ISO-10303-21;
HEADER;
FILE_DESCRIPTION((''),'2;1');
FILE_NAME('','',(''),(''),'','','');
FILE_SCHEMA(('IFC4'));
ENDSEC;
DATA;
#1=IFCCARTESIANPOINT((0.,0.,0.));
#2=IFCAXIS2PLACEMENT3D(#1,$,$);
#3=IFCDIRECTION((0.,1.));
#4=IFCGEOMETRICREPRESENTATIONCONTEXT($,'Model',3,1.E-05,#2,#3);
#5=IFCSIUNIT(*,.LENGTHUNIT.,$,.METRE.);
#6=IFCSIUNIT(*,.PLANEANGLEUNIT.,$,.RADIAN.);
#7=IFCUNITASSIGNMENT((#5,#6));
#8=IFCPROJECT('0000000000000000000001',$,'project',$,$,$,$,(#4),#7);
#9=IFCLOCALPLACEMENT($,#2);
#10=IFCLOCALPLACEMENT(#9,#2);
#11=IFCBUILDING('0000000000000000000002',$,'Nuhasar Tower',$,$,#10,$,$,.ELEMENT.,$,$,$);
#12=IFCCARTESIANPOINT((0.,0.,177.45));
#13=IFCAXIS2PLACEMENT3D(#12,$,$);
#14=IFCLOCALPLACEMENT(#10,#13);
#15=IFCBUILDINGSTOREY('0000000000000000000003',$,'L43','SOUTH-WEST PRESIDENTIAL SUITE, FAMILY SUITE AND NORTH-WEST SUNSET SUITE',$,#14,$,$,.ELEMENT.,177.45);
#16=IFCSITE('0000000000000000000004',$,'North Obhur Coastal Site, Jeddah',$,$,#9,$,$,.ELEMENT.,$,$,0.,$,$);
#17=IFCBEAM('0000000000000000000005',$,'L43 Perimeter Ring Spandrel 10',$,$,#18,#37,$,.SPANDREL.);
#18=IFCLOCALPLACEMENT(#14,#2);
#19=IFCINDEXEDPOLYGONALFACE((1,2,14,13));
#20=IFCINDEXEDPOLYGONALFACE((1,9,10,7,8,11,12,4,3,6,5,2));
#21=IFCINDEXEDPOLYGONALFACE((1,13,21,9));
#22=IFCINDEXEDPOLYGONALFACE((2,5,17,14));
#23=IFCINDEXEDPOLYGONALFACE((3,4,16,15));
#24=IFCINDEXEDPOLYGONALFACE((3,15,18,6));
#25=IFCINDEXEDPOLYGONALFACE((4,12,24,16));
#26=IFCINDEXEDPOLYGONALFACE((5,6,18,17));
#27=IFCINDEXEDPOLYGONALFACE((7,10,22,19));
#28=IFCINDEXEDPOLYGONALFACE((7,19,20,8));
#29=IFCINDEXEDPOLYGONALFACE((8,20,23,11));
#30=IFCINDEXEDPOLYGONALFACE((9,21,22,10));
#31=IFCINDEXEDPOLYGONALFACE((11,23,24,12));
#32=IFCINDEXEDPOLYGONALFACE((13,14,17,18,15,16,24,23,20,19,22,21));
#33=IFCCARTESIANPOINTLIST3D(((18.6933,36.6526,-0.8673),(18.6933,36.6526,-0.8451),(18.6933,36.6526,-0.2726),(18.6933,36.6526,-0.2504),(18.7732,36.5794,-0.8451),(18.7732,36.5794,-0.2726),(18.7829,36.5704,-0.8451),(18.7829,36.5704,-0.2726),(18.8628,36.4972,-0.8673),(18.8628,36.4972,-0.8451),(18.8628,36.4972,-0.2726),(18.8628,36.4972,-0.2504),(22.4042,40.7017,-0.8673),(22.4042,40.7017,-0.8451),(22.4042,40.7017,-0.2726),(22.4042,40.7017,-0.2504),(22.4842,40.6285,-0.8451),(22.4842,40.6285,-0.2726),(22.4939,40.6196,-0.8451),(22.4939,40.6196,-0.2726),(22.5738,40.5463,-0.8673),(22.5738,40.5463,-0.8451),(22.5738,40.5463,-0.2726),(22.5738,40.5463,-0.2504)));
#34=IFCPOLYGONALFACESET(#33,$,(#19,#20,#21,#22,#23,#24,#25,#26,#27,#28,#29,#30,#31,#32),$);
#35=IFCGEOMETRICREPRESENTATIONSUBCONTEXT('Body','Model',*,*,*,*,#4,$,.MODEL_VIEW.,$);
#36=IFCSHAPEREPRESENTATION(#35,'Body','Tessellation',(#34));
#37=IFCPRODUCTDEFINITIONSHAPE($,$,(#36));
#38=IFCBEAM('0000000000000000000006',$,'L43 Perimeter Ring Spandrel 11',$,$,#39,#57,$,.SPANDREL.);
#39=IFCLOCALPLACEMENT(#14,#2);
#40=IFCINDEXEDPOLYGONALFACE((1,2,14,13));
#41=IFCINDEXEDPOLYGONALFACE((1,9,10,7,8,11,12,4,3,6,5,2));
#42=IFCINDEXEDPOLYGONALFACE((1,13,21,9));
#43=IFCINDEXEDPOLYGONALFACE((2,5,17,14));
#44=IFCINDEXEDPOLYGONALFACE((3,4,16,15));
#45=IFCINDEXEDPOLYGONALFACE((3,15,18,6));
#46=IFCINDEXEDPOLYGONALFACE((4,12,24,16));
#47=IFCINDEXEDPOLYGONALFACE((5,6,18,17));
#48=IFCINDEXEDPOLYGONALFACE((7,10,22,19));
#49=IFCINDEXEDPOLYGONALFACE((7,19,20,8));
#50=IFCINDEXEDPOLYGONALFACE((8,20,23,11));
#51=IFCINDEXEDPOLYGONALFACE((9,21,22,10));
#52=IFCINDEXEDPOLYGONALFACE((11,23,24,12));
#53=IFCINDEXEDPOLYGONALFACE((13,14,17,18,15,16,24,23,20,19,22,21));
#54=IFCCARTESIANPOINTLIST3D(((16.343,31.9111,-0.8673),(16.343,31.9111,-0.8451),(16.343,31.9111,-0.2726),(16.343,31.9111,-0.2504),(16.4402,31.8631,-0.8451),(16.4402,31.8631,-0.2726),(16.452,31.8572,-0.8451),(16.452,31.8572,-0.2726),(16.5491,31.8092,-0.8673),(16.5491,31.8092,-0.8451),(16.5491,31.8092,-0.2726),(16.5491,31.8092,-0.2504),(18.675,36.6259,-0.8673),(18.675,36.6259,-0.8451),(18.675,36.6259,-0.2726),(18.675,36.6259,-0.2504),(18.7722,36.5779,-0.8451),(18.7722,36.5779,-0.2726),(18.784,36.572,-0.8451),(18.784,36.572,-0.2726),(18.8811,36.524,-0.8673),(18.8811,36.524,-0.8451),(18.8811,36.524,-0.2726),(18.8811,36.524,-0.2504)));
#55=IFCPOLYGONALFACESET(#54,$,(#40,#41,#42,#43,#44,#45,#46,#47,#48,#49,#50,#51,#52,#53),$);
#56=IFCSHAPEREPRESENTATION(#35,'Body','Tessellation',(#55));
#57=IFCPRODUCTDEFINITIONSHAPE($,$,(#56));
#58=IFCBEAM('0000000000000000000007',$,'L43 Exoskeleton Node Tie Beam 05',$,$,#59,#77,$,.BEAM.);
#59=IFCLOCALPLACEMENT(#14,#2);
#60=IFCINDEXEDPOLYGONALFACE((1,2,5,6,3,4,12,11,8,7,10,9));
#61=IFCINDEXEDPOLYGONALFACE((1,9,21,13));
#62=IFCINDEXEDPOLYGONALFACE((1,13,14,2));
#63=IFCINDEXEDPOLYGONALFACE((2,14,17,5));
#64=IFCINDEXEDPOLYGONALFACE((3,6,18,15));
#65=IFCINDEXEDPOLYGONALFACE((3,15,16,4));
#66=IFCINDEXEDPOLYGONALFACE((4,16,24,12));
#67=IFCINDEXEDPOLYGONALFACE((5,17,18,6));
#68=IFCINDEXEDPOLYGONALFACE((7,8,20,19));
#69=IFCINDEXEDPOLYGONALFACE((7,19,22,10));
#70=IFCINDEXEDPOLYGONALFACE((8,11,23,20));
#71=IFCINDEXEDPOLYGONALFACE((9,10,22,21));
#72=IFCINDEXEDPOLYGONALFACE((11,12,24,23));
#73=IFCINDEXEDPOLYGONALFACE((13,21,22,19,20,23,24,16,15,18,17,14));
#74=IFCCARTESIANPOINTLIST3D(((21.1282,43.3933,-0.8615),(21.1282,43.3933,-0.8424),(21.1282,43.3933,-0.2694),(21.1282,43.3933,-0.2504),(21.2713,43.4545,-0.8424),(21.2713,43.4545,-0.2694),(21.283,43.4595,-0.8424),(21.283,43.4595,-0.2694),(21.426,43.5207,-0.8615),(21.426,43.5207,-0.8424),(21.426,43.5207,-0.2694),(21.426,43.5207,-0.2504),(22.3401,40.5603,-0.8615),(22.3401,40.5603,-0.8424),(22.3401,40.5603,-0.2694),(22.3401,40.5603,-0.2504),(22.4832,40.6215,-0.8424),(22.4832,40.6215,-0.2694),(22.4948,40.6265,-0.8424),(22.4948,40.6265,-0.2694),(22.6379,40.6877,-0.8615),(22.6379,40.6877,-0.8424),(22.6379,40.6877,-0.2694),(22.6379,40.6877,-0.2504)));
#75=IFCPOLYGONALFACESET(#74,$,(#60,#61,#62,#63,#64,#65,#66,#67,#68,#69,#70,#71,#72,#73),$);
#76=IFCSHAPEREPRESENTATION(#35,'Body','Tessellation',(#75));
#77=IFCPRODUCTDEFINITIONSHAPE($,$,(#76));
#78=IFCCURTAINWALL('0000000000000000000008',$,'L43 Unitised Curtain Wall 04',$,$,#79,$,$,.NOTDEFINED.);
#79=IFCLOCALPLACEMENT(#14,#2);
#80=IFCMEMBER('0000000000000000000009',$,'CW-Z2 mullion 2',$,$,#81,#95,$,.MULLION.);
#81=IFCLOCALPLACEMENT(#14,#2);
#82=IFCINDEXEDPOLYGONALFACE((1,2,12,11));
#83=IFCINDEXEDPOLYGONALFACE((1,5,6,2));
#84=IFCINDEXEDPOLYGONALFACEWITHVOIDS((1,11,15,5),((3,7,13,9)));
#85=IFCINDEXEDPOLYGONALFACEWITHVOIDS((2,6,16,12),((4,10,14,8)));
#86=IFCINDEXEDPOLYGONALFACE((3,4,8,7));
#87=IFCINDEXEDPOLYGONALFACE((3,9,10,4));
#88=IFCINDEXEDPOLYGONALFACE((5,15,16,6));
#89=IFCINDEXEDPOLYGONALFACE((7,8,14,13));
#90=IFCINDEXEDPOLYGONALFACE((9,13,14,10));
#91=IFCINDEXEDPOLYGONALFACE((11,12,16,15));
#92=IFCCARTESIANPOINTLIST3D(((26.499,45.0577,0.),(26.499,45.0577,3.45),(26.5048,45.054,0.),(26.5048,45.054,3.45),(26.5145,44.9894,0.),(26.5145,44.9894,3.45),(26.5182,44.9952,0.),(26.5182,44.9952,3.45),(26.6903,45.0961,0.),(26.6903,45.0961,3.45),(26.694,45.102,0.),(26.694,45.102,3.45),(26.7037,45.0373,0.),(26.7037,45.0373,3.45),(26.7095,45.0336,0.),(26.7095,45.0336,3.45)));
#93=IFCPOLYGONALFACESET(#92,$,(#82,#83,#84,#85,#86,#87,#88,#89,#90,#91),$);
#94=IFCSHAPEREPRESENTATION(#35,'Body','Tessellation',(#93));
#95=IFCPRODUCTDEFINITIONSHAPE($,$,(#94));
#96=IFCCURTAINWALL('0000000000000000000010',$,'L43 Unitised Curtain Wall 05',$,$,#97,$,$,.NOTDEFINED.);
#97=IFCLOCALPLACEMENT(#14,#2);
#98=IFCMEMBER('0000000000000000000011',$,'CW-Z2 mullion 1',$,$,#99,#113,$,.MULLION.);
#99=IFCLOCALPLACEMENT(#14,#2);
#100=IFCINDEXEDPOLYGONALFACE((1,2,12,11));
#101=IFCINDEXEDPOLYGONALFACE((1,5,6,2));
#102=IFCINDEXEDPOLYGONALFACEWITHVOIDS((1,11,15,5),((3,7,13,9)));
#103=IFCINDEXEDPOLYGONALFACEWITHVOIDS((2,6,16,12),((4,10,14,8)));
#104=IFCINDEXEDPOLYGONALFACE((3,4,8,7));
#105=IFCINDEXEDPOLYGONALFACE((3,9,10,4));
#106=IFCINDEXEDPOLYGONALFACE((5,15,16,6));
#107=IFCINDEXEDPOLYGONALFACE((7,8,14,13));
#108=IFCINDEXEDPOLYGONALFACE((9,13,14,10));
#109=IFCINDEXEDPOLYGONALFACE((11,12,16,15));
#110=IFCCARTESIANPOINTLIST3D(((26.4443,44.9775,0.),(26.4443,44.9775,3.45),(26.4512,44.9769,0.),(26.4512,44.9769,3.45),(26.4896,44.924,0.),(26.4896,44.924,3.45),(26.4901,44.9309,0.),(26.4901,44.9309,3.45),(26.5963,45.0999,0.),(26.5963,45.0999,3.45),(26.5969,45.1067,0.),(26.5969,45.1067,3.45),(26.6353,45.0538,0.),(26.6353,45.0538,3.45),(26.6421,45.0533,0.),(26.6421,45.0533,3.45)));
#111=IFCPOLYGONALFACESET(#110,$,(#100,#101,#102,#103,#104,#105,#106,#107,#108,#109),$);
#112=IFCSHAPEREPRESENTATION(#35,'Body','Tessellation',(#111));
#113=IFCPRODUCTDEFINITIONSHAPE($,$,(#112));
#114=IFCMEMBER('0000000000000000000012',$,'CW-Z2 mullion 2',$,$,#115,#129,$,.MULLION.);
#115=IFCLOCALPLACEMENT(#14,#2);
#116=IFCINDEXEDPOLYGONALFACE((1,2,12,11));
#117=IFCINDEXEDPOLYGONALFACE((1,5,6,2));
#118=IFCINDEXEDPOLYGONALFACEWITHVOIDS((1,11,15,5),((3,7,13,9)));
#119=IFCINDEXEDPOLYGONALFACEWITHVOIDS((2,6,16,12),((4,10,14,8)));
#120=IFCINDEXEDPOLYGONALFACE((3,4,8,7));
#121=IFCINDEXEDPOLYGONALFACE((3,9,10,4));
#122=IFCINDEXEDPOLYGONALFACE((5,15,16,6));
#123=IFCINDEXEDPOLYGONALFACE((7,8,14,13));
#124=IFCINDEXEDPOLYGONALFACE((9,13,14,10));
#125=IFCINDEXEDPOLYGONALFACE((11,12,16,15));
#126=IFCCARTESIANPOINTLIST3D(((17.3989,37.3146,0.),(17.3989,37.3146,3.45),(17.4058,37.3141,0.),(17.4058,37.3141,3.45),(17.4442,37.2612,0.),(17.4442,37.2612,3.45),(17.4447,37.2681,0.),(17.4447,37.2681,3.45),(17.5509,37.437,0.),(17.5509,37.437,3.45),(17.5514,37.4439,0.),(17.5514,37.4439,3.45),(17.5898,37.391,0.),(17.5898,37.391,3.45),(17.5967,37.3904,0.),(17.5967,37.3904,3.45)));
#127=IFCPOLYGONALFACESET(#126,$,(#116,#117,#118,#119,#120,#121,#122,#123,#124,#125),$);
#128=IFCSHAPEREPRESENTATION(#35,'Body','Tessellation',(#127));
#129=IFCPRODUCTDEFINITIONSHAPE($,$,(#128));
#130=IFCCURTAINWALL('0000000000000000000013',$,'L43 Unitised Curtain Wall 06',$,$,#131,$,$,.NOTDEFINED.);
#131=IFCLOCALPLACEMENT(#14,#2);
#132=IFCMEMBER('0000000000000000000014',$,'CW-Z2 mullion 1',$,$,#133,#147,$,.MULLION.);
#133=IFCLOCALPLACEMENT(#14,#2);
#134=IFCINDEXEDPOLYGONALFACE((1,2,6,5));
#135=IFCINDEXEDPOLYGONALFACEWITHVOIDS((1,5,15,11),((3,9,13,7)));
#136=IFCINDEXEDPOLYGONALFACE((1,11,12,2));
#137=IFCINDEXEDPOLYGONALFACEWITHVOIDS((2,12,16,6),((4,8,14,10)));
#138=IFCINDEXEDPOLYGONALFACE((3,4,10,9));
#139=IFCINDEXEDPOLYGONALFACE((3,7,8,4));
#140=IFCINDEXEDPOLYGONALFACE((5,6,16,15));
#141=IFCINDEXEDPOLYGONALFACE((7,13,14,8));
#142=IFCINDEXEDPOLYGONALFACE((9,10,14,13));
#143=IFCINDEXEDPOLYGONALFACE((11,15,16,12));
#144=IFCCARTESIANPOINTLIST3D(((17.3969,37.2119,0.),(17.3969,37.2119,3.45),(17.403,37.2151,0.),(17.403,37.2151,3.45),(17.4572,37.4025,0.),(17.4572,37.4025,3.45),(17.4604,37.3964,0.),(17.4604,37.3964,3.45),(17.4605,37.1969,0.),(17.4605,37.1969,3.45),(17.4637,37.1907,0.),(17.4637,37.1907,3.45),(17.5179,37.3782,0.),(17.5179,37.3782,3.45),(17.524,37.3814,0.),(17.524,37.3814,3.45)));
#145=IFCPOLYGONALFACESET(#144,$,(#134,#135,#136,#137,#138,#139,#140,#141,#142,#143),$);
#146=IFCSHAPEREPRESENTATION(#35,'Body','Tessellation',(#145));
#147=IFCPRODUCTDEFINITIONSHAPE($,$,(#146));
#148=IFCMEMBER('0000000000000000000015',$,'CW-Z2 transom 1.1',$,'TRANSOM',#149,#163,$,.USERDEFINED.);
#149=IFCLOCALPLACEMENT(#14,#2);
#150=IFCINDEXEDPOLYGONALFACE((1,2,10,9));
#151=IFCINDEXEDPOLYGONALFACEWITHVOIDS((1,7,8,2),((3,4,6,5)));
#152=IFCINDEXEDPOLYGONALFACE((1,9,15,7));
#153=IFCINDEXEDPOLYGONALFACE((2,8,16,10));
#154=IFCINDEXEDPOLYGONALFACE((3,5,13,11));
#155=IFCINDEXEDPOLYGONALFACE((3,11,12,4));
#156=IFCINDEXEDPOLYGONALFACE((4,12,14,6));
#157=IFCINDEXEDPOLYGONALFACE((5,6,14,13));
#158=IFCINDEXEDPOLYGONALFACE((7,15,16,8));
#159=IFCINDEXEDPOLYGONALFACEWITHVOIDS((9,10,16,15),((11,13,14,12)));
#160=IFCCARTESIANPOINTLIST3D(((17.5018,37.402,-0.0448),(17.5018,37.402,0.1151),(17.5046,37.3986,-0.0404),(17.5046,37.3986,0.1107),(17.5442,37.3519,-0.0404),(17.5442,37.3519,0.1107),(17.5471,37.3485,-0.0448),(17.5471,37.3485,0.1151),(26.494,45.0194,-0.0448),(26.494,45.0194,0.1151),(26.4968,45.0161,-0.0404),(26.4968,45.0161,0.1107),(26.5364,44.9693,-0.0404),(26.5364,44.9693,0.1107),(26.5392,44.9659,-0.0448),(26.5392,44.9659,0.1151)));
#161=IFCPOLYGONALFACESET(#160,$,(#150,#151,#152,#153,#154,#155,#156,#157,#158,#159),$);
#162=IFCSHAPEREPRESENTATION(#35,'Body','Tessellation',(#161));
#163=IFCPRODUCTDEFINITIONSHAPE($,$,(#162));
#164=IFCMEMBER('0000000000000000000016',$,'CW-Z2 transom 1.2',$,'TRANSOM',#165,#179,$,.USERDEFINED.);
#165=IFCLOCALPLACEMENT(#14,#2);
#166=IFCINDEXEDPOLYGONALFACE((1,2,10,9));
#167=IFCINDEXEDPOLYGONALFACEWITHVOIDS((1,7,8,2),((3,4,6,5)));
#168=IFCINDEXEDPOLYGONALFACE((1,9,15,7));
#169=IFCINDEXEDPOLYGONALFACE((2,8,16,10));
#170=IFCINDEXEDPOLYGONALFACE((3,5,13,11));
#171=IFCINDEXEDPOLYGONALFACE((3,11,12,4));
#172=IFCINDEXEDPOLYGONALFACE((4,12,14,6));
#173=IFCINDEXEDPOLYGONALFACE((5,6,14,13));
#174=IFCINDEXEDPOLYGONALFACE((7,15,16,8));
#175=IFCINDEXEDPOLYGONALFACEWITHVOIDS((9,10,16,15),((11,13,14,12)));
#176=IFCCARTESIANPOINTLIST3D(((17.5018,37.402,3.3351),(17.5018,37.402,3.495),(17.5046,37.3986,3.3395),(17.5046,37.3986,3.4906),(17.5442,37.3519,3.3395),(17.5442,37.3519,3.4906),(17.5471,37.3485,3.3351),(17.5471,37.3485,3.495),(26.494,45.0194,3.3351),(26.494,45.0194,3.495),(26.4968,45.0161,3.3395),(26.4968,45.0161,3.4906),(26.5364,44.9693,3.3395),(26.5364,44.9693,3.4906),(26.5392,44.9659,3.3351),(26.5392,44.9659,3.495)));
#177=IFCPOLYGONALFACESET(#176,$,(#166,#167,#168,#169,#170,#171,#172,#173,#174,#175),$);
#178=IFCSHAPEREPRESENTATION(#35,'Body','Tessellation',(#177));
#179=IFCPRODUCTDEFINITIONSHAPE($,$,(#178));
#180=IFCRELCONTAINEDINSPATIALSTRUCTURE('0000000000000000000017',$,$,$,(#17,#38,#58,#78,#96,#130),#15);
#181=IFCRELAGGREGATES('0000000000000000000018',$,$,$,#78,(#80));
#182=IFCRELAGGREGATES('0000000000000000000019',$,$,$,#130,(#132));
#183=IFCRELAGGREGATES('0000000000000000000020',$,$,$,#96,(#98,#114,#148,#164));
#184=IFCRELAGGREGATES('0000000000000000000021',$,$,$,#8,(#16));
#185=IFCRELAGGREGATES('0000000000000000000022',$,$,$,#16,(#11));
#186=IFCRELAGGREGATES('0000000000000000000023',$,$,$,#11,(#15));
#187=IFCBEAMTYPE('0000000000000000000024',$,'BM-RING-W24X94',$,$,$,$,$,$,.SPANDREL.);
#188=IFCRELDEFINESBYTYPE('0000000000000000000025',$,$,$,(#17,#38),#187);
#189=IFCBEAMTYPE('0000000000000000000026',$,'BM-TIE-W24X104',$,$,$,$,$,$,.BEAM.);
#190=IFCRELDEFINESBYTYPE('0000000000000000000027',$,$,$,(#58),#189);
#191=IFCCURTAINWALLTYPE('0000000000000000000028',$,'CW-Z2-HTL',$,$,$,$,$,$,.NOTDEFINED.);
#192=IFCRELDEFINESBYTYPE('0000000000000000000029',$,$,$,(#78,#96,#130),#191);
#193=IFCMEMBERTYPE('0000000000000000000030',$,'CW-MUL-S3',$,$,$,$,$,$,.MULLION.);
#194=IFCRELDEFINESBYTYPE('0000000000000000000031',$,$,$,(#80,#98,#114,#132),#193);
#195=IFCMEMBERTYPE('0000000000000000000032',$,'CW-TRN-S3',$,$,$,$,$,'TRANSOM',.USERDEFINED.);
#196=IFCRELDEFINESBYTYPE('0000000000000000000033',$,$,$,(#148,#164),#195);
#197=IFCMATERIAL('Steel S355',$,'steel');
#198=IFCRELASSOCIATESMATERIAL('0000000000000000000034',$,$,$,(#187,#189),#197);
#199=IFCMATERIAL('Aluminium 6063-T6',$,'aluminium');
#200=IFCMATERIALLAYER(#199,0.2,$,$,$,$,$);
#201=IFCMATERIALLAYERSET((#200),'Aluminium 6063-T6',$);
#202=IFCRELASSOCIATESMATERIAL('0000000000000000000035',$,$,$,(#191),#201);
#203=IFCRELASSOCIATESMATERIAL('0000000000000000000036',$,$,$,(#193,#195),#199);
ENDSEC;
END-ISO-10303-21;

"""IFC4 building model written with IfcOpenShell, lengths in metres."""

from ifc_helpers import new_model, si_unit, direction, frame, origin, origin_2d, place, context, subcontext, project, spatial, hollow_rectangle, i_section, extrude, material, layer, layer_set, material_profile, profile_set, type_object, element, aggregate, save


model = new_model("IFC4")

# Units and contexts
model_context = context("Model", 3, precision=1e-05, world=origin(), true_north=direction((0.0, 1.0)))
body_context = subcontext(model_context, "Body", "Model", "MODEL_VIEW")
ifc_project = project(units=[si_unit("LENGTHUNIT", "METRE"), si_unit("PLANEANGLEUNIT", "RADIAN")], contexts=[model_context])

# Site, building, storey
site_placement = place(None, origin())
site = spatial("IfcSite", under=ifc_project, at=site_placement, Name="North Obhur Coastal Site, Jeddah", CompositionType="ELEMENT", RefElevation=0.0)
building_placement = place(site_placement, origin())
building = spatial("IfcBuilding", under=site, at=building_placement, Name="Nuhasar Tower", CompositionType="ELEMENT")
storey_placement = place(building_placement, frame((0.0, 0.0, 177.45)))
storey = spatial("IfcBuildingStorey", under=building, at=storey_placement, Name="L43", Description="SOUTH-WEST PRESIDENTIAL SUITE, FAMILY SUITE AND NORTH-WEST SUNSET SUITE", CompositionType="ELEMENT", Elevation=177.45)

# Beams
ifc_material_1 = material(Name="Steel S355", Category="steel")
ifc_material_profile_1 = material_profile(ifc_material_1, i_section(OverallWidth=0.23, OverallDepth=0.6169, WebThickness=0.0132, FlangeThickness=0.0222, at=origin_2d()), Name="W24X94")
ifc_profile_set_1 = profile_set([ifc_material_profile_1], Name="Steel S355")
beam_type_1 = type_object("IfcBeamType", Name="BM-RING-W24X94", PredefinedType="SPANDREL", material=ifc_profile_set_1)
beam_1_placement = place(storey_placement, frame((22.489, 40.624, -0.5588), z_axis=(-0.675654, -0.737219, 0.0), x_axis=(0.737219, -0.675654, 0.0)))
element("IfcBeam", 1, at=beam_1_placement, inside=storey, type_object=beam_type_1, Name="L43 Perimeter Ring Spandrel 10", PredefinedType="SPANDREL", context=body_context, shape_type="SweptSolid", body=[
    extrude(i_section(OverallWidth=0.23, OverallDepth=0.6169, WebThickness=0.0132, FlangeThickness=0.0222, at=origin_2d()), origin(), (0.0, 0.0, 1.0), 5.4924),
])
beam_2_placement = place(storey_placement, frame((18.7781, 36.575, -0.5588), z_axis=(-0.443348, -0.89635, 0.0), x_axis=(0.89635, -0.443348, 0.0)))
element("IfcBeam", 2, at=beam_2_placement, inside=storey, type_object=beam_type_1, Name="L43 Perimeter Ring Spandrel 11", PredefinedType="SPANDREL", context=body_context, shape_type="SweptSolid", body=[
    extrude(i_section(OverallWidth=0.23, OverallDepth=0.6169, WebThickness=0.0132, FlangeThickness=0.0222, at=origin_2d()), origin(), (0.0, 0.0, 1.0), 5.26),
])
ifc_material_profile_2 = material_profile(ifc_material_1, i_section(OverallWidth=0.324, OverallDepth=0.6111, WebThickness=0.0127, FlangeThickness=0.019, at=origin_2d()), Name="W24X104")
ifc_profile_set_2 = profile_set([ifc_material_profile_2], Name="Steel S355")
beam_type_2 = type_object("IfcBeamType", Name="BM-TIE-W24X104", PredefinedType="BEAM", material=ifc_profile_set_2)
beam_3_placement = place(storey_placement, frame((22.489, 40.624, -0.5559), z_axis=(-0.393307, 0.919407, 0.0), x_axis=(-0.919407, -0.393307, 0.0)))
element("IfcBeam", 3, at=beam_3_placement, inside=storey, type_object=beam_type_2, Name="L43 Exoskeleton Node Tie Beam 05", PredefinedType="BEAM", context=body_context, shape_type="SweptSolid", body=[
    extrude(i_section(OverallWidth=0.324, OverallDepth=0.6111, WebThickness=0.0127, FlangeThickness=0.019, at=origin_2d()), origin(), (0.0, 0.0, 1.0), 3.0813),
])

# Curtain wall, member
ifc_material_2 = material(Name="Aluminium 6063-T6", Category="aluminium")
ifc_layer_1 = layer(ifc_material_2, 0.2)
ifc_layer_set_1 = layer_set([ifc_layer_1], Name="Aluminium 6063-T6")
curtain_wall_type = type_object("IfcCurtainWallType", Name="CW-Z2-HTL", PredefinedType="NOTDEFINED", material=ifc_layer_set_1)
curtain_wall_1_placement = place(storey_placement, origin())
curtain_wall_1 = element("IfcCurtainWall", 4, at=curtain_wall_1_placement, inside=storey, type_object=curtain_wall_type, Name="L43 Unitised Curtain Wall 04", PredefinedType="NOTDEFINED")
ifc_material_profile_3 = material_profile(ifc_material_2, hollow_rectangle(XDim=0.0701, YDim=0.2, WallThickness=0.0049, at=origin_2d()), Name="CWM-3")
ifc_profile_set_3 = profile_set([ifc_material_profile_3], Name="Aluminium 6063-T6")
member_type_1 = type_object("IfcMemberType", Name="CW-MUL-S3", PredefinedType="MULLION", material=ifc_profile_set_3)
member_1_placement = place(storey_placement, frame((26.6042, 45.0457, 0.0), z_axis=(0.0, 0.0, 1.0), x_axis=(0.221397, -0.975184, 0.0)))
member_1 = element("IfcMember", 5, at=member_1_placement, type_object=member_type_1, Name="CW-Z2 mullion 2", PredefinedType="MULLION", context=body_context, shape_type="SweptSolid", body=[
    extrude(hollow_rectangle(XDim=0.0701, YDim=0.2, WallThickness=0.0049, at=origin_2d()), origin(), (0.0, 0.0, 1.0), 3.45),
])
aggregate(curtain_wall_1, [member_1])

# Curtain wall, members
curtain_wall_2_placement = place(storey_placement, origin())
curtain_wall_2 = element("IfcCurtainWall", 6, at=curtain_wall_2_placement, inside=storey, type_object=curtain_wall_type, Name="L43 Unitised Curtain Wall 05", PredefinedType="NOTDEFINED")
member_2_placement = place(storey_placement, frame((26.5432, 45.0154, 0.0), z_axis=(0.0, 0.0, 1.0), x_axis=(0.646374, -0.76302, 0.0)))
member_2 = element("IfcMember", 7, at=member_2_placement, type_object=member_type_1, Name="CW-Z2 mullion 1", PredefinedType="MULLION", context=body_context, shape_type="SweptSolid", body=[
    extrude(hollow_rectangle(XDim=0.0701, YDim=0.2, WallThickness=0.0049, at=origin_2d()), origin(), (0.0, 0.0, 1.0), 3.45),
])
member_3_placement = place(storey_placement, frame((17.4978, 37.3525, 0.0), z_axis=(0.0, 0.0, 1.0), x_axis=(0.646374, -0.76302, 0.0)))
member_3 = element("IfcMember", 8, at=member_3_placement, type_object=member_type_1, Name="CW-Z2 mullion 2", PredefinedType="MULLION", context=body_context, shape_type="SweptSolid", body=[
    extrude(hollow_rectangle(XDim=0.0701, YDim=0.2, WallThickness=0.0049, at=origin_2d()), origin(), (0.0, 0.0, 1.0), 3.45),
])

# Curtain wall, member
curtain_wall_3_placement = place(storey_placement, origin())
curtain_wall_3 = element("IfcCurtainWall", 9, at=curtain_wall_3_placement, inside=storey, type_object=curtain_wall_type, Name="L43 Unitised Curtain Wall 06", PredefinedType="NOTDEFINED")
member_4_placement = place(storey_placement, frame((17.4604, 37.2966, 0.0), z_axis=(0.0, 0.0, 1.0), x_axis=(0.953433, -0.301604, 0.0)))
member_4 = element("IfcMember", 10, at=member_4_placement, type_object=member_type_1, Name="CW-Z2 mullion 1", PredefinedType="MULLION", context=body_context, shape_type="SweptSolid", body=[
    extrude(hollow_rectangle(XDim=0.0701, YDim=0.2, WallThickness=0.0049, at=origin_2d()), origin(), (0.0, 0.0, 1.0), 3.45),
])

# Members
ifc_material_profile_4 = material_profile(ifc_material_2, hollow_rectangle(XDim=0.0701, YDim=0.1599, WallThickness=0.0044, at=origin_2d()), Name="CWT-3")
ifc_profile_set_4 = profile_set([ifc_material_profile_4], Name="Aluminium 6063-T6")
member_type_2 = type_object("IfcMemberType", Name="CW-TRN-S3", ElementType="TRANSOM", PredefinedType="USERDEFINED", material=ifc_profile_set_4)
member_5_placement = place(storey_placement, frame((26.5166, 44.9927, 0.0352), z_axis=(-0.763024, -0.64637, 0.0), x_axis=(0.64637, -0.763024, 0.0)))
member_5 = element("IfcMember", 11, at=member_5_placement, type_object=member_type_2, Name="CW-Z2 transom 1.1", ObjectType="TRANSOM", PredefinedType="USERDEFINED", context=body_context, shape_type="SweptSolid", body=[
    extrude(hollow_rectangle(XDim=0.0701, YDim=0.1599, WallThickness=0.0044, at=origin_2d()), origin(), (0.0, 0.0, 1.0), 11.7849),
])
member_6_placement = place(storey_placement, frame((26.5166, 44.9927, 3.415), z_axis=(-0.763024, -0.64637, 0.0), x_axis=(0.64637, -0.763024, 0.0)))
member_6 = element("IfcMember", 12, at=member_6_placement, type_object=member_type_2, Name="CW-Z2 transom 1.2", ObjectType="TRANSOM", PredefinedType="USERDEFINED", context=body_context, shape_type="SweptSolid", body=[
    extrude(hollow_rectangle(XDim=0.0701, YDim=0.1599, WallThickness=0.0044, at=origin_2d()), origin(), (0.0, 0.0, 1.0), 11.7849),
])
aggregate(curtain_wall_3, [member_4])

aggregate(curtain_wall_2, [member_2, member_3, member_5, member_6])

save(model, "model.ifc")
